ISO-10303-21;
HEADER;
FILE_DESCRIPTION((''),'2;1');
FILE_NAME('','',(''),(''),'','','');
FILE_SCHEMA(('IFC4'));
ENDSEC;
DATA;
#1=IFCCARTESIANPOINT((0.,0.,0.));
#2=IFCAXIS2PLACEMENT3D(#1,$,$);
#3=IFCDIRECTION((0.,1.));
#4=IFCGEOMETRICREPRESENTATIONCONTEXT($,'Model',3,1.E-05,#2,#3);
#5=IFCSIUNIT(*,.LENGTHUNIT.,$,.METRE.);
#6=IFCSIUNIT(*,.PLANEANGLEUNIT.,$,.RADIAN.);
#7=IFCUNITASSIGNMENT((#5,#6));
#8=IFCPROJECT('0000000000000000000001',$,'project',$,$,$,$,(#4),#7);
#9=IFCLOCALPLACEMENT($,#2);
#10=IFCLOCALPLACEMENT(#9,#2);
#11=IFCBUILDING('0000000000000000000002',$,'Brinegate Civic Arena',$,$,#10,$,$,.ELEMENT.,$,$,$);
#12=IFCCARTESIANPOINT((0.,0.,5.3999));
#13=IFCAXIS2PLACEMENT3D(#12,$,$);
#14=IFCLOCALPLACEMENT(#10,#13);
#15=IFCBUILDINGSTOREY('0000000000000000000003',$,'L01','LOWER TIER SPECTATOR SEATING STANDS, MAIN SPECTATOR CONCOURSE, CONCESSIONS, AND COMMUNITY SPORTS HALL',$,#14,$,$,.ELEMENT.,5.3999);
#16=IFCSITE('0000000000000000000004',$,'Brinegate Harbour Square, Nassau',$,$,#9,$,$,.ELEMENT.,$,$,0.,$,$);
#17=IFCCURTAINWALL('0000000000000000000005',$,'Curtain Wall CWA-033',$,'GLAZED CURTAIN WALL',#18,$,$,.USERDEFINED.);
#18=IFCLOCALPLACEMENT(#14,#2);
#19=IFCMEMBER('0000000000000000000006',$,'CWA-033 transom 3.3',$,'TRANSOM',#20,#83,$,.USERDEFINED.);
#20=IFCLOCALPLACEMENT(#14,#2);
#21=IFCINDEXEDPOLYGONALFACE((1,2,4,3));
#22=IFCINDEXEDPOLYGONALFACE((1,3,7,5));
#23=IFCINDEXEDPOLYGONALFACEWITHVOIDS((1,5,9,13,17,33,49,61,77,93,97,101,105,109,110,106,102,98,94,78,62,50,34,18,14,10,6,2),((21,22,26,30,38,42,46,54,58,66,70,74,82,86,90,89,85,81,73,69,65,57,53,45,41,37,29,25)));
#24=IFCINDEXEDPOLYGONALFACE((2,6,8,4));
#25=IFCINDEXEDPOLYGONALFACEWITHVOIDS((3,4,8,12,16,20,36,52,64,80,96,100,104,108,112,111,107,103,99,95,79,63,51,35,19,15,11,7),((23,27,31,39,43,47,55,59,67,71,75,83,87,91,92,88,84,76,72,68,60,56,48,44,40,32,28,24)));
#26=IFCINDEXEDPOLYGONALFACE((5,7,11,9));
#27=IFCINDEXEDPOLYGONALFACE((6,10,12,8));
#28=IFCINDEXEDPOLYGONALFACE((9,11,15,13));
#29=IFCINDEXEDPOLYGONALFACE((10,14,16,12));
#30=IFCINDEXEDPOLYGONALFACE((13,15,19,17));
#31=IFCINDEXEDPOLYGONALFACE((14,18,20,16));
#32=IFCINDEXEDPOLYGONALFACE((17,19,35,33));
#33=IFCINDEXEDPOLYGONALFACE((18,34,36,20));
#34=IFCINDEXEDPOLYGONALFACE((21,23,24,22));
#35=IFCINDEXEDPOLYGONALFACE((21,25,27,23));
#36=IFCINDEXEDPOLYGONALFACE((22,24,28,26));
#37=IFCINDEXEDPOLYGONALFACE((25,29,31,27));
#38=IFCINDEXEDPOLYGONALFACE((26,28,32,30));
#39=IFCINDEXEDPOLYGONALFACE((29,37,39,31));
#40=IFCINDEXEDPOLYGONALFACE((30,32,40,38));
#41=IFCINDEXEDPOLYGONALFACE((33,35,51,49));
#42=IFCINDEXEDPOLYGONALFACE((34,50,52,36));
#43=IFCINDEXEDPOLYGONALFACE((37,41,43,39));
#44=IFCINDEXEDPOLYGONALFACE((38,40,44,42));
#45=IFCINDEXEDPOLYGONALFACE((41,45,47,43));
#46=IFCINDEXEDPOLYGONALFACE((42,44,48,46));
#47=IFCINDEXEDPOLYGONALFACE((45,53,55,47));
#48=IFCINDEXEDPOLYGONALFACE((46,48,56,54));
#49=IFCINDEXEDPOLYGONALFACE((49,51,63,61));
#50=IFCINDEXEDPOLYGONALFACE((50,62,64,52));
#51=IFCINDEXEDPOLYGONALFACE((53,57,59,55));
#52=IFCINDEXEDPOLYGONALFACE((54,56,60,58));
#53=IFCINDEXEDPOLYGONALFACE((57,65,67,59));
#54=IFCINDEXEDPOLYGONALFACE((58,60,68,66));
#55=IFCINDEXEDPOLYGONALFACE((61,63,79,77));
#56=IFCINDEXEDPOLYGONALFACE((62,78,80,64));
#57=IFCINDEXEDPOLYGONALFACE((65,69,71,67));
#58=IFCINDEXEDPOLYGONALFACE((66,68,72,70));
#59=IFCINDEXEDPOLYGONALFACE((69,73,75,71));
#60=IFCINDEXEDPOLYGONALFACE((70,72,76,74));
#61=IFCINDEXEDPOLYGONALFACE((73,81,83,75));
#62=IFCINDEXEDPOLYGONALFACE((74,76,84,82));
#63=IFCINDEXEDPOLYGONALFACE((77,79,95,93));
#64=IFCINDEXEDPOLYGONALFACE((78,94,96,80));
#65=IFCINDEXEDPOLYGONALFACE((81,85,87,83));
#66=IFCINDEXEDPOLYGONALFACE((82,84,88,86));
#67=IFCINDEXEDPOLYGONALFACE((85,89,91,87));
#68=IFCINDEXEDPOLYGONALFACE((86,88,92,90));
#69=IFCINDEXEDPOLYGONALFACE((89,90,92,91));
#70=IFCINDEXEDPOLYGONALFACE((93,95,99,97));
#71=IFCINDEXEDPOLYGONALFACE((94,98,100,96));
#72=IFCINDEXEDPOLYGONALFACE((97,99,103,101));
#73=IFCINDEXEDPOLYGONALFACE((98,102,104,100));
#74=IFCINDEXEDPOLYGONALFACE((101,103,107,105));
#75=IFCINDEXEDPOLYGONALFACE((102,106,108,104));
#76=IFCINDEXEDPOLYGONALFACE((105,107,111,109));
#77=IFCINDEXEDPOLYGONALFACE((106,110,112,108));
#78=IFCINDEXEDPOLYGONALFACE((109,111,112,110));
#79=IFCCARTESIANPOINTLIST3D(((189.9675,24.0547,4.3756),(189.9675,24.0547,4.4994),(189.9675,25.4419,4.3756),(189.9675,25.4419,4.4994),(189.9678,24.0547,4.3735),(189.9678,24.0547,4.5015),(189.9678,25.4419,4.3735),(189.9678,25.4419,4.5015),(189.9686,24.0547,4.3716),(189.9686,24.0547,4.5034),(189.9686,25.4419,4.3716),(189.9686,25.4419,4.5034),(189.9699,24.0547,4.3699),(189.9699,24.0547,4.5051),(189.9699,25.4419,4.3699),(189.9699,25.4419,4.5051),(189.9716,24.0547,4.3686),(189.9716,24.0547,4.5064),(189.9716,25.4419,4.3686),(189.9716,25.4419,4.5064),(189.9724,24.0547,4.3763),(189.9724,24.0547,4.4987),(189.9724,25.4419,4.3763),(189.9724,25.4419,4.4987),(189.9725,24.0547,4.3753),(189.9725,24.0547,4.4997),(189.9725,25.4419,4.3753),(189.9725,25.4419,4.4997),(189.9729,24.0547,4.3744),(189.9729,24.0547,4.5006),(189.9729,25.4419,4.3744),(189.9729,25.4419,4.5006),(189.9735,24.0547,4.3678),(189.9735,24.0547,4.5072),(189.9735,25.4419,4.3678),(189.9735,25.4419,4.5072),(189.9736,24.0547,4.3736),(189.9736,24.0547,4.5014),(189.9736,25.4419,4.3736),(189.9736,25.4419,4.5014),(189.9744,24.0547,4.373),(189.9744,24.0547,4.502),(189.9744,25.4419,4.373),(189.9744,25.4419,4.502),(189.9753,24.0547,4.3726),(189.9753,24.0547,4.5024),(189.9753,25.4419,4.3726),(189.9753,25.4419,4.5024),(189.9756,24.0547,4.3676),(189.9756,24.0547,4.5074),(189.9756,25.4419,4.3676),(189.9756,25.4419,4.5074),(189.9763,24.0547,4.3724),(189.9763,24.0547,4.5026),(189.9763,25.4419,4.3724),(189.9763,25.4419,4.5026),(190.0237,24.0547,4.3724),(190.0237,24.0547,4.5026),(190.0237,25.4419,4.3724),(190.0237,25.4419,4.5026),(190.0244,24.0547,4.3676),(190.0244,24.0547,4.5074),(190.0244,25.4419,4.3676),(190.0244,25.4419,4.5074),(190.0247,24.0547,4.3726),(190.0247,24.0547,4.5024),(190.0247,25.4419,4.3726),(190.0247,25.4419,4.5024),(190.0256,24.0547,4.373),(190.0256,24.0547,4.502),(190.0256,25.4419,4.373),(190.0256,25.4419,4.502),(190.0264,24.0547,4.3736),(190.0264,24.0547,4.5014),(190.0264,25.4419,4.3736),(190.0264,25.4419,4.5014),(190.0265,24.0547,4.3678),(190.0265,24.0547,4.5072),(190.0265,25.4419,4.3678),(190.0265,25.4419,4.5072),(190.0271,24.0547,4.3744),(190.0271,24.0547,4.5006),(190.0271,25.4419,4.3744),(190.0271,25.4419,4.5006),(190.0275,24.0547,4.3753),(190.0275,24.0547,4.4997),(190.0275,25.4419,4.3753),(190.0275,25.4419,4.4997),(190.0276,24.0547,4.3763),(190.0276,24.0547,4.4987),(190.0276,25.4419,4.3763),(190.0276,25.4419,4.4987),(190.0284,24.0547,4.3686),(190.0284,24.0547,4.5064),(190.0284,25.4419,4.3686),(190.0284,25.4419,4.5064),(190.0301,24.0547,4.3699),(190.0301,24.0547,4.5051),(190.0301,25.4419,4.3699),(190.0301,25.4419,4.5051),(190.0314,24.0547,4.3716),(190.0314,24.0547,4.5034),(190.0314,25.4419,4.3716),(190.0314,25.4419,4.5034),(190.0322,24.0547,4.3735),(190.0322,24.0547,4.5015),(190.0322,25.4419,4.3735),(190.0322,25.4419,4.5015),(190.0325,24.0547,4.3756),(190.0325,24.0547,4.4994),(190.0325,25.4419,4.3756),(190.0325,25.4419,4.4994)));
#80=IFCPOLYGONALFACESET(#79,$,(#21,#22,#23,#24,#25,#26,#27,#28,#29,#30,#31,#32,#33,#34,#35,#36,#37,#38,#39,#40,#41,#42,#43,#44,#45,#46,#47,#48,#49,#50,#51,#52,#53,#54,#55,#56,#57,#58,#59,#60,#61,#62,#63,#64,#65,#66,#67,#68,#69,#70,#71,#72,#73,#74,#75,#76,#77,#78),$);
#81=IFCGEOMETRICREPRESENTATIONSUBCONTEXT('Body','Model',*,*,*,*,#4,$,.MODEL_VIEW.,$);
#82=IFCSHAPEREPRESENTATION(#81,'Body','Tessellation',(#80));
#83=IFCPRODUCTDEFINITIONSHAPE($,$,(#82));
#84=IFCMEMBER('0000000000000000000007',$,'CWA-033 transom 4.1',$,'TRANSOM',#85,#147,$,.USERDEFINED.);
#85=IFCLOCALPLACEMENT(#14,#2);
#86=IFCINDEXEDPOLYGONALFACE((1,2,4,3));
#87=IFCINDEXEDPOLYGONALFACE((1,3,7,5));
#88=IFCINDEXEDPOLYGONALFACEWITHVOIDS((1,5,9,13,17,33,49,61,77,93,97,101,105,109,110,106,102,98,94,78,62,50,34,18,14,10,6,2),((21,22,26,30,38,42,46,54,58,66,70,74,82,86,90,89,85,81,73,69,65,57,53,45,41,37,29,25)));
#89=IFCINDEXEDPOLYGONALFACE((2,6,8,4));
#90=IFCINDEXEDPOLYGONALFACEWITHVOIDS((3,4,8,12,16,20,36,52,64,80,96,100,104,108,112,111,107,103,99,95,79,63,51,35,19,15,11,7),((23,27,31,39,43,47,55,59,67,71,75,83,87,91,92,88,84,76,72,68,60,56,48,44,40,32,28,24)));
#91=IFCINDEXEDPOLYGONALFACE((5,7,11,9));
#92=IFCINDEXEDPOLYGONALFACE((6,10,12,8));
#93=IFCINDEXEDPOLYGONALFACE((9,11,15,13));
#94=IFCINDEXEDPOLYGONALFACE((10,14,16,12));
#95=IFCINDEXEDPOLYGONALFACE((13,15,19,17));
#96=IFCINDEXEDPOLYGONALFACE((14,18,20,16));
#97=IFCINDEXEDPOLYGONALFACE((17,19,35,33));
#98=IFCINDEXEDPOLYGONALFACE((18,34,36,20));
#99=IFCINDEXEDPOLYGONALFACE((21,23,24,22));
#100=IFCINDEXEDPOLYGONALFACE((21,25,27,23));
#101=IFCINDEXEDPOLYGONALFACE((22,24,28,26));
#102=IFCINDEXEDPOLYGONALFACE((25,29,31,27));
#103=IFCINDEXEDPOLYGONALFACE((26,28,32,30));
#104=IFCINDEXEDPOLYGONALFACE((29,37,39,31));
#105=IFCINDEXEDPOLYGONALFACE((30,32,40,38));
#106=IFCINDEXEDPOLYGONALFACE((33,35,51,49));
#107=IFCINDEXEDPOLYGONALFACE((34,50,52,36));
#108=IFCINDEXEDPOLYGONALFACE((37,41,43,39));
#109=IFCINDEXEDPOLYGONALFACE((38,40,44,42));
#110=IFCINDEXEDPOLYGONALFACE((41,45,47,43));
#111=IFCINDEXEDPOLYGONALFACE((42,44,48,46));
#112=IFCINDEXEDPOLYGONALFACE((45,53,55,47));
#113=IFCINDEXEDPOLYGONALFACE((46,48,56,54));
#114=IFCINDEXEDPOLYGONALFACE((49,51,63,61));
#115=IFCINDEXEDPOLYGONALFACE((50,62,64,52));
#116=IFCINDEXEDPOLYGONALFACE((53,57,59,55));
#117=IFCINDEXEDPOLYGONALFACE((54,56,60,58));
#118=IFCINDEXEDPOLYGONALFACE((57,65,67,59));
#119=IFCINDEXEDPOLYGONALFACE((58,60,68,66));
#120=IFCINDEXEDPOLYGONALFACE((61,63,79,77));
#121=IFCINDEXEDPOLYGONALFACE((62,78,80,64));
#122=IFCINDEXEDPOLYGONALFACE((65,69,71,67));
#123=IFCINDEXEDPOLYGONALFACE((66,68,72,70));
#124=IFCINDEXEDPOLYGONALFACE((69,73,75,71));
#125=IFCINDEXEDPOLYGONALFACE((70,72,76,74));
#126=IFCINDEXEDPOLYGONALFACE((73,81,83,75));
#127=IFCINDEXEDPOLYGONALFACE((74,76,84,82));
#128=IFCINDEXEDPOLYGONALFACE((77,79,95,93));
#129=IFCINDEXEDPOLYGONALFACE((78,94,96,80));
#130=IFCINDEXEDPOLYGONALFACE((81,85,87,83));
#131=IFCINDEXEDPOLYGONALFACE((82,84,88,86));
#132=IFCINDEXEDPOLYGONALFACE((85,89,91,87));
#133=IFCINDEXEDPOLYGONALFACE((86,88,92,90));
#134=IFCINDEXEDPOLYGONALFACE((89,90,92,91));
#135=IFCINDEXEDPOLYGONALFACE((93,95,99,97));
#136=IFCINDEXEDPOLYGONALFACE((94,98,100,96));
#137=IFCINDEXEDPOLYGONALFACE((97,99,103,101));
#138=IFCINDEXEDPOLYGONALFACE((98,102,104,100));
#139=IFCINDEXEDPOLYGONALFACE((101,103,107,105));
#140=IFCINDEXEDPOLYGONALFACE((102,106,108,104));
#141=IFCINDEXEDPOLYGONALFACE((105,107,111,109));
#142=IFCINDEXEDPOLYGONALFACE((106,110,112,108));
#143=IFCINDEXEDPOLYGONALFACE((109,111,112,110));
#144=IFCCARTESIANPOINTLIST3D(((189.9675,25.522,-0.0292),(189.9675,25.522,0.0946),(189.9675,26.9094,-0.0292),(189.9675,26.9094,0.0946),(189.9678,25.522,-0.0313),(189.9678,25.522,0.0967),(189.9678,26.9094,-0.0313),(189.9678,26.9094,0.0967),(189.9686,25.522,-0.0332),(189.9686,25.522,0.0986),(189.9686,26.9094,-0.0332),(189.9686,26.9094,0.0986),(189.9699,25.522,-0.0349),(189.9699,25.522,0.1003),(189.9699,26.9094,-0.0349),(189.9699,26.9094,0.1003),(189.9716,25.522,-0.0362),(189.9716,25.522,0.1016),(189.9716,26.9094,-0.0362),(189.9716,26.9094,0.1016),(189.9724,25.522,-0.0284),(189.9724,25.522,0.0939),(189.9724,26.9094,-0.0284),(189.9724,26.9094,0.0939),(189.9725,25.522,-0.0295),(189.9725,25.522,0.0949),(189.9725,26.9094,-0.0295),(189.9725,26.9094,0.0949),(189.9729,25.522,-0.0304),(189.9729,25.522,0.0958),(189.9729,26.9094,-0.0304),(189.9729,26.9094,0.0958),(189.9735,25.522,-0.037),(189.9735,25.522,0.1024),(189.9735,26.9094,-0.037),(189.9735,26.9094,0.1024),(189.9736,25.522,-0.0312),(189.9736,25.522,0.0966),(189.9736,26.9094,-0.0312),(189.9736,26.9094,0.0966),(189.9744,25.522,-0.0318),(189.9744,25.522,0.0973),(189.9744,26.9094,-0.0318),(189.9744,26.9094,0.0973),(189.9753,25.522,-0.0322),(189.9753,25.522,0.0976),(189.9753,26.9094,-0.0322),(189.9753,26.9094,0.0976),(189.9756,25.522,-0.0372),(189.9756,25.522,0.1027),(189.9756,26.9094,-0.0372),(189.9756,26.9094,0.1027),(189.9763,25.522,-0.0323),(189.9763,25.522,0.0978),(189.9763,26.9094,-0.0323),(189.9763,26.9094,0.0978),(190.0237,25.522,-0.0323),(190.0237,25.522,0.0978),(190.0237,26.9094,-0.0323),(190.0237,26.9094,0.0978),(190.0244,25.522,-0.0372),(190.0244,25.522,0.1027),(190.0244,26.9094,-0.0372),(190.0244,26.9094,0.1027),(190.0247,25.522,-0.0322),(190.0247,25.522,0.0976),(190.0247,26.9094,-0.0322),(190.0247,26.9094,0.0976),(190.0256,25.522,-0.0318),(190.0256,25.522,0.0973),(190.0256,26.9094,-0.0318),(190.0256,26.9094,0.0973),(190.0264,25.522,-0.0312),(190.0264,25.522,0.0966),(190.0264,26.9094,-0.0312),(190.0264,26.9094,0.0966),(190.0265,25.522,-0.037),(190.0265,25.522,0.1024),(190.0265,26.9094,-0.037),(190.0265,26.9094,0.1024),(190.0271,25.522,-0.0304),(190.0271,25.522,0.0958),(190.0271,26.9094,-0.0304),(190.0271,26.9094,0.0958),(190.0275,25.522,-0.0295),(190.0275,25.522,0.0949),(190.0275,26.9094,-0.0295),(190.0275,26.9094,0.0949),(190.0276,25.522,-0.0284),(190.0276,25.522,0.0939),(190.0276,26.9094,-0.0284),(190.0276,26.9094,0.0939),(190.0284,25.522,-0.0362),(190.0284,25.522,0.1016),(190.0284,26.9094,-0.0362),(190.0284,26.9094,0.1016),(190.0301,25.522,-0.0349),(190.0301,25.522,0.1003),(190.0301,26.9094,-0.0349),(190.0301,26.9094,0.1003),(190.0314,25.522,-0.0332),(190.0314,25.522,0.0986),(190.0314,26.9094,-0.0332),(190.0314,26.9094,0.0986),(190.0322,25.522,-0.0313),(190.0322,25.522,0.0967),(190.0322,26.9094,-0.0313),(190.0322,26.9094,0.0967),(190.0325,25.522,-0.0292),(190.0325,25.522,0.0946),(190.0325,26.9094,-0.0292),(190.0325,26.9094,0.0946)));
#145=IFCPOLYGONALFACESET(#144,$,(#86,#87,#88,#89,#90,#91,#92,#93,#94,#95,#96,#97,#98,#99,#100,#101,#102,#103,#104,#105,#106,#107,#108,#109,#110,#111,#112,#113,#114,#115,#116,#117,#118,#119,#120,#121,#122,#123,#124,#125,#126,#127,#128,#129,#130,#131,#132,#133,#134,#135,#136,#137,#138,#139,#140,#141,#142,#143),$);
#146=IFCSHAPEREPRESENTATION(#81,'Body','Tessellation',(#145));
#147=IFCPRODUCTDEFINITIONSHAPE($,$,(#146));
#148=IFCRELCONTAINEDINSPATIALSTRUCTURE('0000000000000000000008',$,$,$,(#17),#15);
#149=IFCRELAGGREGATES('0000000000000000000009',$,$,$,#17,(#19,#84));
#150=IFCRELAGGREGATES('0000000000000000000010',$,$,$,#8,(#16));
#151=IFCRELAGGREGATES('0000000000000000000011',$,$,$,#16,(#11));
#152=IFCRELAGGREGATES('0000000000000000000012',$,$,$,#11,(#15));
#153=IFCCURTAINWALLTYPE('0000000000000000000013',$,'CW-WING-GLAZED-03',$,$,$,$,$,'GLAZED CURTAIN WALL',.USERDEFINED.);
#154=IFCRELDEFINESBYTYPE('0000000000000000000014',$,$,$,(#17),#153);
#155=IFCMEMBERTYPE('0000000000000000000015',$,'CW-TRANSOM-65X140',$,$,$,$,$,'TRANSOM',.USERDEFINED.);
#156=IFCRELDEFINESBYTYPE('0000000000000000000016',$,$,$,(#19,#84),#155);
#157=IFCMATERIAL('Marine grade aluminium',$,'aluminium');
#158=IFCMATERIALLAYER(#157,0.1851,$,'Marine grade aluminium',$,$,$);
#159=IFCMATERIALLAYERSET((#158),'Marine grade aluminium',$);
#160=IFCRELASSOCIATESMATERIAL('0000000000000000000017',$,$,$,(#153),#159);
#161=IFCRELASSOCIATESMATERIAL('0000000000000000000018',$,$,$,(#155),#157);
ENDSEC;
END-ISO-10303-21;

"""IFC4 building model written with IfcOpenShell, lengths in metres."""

from ifc_helpers import new_model, si_unit, direction, frame, origin, origin_2d, place, context, subcontext, project, spatial, hollow_rectangle, extrude, material, layer, layer_set, material_profile, profile_set, type_object, element, aggregate, save


model = new_model("IFC4")

# Units and contexts
model_context = context("Model", 3, precision=1e-05, world=origin(), true_north=direction((0.0, 1.0)))
body_context = subcontext(model_context, "Body", "Model", "MODEL_VIEW")
ifc_project = project(units=[si_unit("LENGTHUNIT", "METRE"), si_unit("PLANEANGLEUNIT", "RADIAN")], contexts=[model_context])

# Site, building, storey
site_placement = place(None, origin())
site = spatial("IfcSite", under=ifc_project, at=site_placement, Name="Brinegate Harbour Square, Nassau", CompositionType="ELEMENT", RefElevation=0.0)
building_placement = place(site_placement, origin())
building = spatial("IfcBuilding", under=site, at=building_placement, Name="Brinegate Civic Arena", CompositionType="ELEMENT")
storey_placement = place(building_placement, frame((0.0, 0.0, 5.3999)))
storey = spatial("IfcBuildingStorey", under=building, at=storey_placement, Name="L01", Description="LOWER TIER SPECTATOR SEATING STANDS, MAIN SPECTATOR CONCOURSE, CONCESSIONS, AND COMMUNITY SPORTS HALL", CompositionType="ELEMENT", Elevation=5.3999)

# Curtain wall, members
ifc_material_1 = material(Name="Marine grade aluminium", Category="aluminium")
ifc_layer_1 = layer(ifc_material_1, 0.1851, Name="Marine grade aluminium")
ifc_layer_set_1 = layer_set([ifc_layer_1], Name="Marine grade aluminium")
curtain_wall_type = type_object("IfcCurtainWallType", Name="CW-WING-GLAZED-03", ElementType="GLAZED CURTAIN WALL", PredefinedType="USERDEFINED", material=ifc_layer_set_1)
curtain_wall_placement = place(storey_placement, origin())
curtain_wall = element("IfcCurtainWall", 1, at=curtain_wall_placement, inside=storey, type_object=curtain_wall_type, Name="Curtain Wall CWA-033", ObjectType="GLAZED CURTAIN WALL", PredefinedType="USERDEFINED")
ifc_material_profile_1 = material_profile(ifc_material_1, hollow_rectangle(XDim=0.0649, YDim=0.1399, WallThickness=0.0049, InnerFilletRadius=0.0039, OuterFilletRadius=0.0081, at=origin_2d()), Name="TRN65X140")
ifc_profile_set_1 = profile_set([ifc_material_profile_1], Name="Marine grade aluminium")
member_type_1 = type_object("IfcMemberType", Name="CW-TRANSOM-65X140", ElementType="TRANSOM", PredefinedType="USERDEFINED", material=ifc_profile_set_1)
member_1_placement = place(storey_placement, frame((190.0, 24.0547, 4.4375), z_axis=(0.0, 1.0, 0.0), x_axis=(-1.0, 0.0, 0.0)))
member_1 = element("IfcMember", 2, at=member_1_placement, type_object=member_type_1, Name="CWA-033 transom 3.3", ObjectType="TRANSOM", PredefinedType="USERDEFINED", context=body_context, shape_type="SweptSolid", body=[
    extrude(hollow_rectangle(XDim=0.0649, YDim=0.1399, WallThickness=0.0049, InnerFilletRadius=0.0039, OuterFilletRadius=0.0081, at=origin_2d()), origin(), (0.0, 0.0, 1.0), 1.3872),
])
member_2_placement = place(storey_placement, frame((190.0, 25.522, 0.0327), z_axis=(0.0, 1.0, 0.0), x_axis=(-1.0, 0.0, 0.0)))
member_2 = element("IfcMember", 3, at=member_2_placement, type_object=member_type_1, Name="CWA-033 transom 4.1", ObjectType="TRANSOM", PredefinedType="USERDEFINED", context=body_context, shape_type="SweptSolid", body=[
    extrude(hollow_rectangle(XDim=0.0649, YDim=0.1399, WallThickness=0.0049, InnerFilletRadius=0.0039, OuterFilletRadius=0.0081, at=origin_2d()), origin(), (0.0, 0.0, 1.0), 1.3875),
])

aggregate(curtain_wall, [member_1, member_2])

save(model, "model.ifc")
